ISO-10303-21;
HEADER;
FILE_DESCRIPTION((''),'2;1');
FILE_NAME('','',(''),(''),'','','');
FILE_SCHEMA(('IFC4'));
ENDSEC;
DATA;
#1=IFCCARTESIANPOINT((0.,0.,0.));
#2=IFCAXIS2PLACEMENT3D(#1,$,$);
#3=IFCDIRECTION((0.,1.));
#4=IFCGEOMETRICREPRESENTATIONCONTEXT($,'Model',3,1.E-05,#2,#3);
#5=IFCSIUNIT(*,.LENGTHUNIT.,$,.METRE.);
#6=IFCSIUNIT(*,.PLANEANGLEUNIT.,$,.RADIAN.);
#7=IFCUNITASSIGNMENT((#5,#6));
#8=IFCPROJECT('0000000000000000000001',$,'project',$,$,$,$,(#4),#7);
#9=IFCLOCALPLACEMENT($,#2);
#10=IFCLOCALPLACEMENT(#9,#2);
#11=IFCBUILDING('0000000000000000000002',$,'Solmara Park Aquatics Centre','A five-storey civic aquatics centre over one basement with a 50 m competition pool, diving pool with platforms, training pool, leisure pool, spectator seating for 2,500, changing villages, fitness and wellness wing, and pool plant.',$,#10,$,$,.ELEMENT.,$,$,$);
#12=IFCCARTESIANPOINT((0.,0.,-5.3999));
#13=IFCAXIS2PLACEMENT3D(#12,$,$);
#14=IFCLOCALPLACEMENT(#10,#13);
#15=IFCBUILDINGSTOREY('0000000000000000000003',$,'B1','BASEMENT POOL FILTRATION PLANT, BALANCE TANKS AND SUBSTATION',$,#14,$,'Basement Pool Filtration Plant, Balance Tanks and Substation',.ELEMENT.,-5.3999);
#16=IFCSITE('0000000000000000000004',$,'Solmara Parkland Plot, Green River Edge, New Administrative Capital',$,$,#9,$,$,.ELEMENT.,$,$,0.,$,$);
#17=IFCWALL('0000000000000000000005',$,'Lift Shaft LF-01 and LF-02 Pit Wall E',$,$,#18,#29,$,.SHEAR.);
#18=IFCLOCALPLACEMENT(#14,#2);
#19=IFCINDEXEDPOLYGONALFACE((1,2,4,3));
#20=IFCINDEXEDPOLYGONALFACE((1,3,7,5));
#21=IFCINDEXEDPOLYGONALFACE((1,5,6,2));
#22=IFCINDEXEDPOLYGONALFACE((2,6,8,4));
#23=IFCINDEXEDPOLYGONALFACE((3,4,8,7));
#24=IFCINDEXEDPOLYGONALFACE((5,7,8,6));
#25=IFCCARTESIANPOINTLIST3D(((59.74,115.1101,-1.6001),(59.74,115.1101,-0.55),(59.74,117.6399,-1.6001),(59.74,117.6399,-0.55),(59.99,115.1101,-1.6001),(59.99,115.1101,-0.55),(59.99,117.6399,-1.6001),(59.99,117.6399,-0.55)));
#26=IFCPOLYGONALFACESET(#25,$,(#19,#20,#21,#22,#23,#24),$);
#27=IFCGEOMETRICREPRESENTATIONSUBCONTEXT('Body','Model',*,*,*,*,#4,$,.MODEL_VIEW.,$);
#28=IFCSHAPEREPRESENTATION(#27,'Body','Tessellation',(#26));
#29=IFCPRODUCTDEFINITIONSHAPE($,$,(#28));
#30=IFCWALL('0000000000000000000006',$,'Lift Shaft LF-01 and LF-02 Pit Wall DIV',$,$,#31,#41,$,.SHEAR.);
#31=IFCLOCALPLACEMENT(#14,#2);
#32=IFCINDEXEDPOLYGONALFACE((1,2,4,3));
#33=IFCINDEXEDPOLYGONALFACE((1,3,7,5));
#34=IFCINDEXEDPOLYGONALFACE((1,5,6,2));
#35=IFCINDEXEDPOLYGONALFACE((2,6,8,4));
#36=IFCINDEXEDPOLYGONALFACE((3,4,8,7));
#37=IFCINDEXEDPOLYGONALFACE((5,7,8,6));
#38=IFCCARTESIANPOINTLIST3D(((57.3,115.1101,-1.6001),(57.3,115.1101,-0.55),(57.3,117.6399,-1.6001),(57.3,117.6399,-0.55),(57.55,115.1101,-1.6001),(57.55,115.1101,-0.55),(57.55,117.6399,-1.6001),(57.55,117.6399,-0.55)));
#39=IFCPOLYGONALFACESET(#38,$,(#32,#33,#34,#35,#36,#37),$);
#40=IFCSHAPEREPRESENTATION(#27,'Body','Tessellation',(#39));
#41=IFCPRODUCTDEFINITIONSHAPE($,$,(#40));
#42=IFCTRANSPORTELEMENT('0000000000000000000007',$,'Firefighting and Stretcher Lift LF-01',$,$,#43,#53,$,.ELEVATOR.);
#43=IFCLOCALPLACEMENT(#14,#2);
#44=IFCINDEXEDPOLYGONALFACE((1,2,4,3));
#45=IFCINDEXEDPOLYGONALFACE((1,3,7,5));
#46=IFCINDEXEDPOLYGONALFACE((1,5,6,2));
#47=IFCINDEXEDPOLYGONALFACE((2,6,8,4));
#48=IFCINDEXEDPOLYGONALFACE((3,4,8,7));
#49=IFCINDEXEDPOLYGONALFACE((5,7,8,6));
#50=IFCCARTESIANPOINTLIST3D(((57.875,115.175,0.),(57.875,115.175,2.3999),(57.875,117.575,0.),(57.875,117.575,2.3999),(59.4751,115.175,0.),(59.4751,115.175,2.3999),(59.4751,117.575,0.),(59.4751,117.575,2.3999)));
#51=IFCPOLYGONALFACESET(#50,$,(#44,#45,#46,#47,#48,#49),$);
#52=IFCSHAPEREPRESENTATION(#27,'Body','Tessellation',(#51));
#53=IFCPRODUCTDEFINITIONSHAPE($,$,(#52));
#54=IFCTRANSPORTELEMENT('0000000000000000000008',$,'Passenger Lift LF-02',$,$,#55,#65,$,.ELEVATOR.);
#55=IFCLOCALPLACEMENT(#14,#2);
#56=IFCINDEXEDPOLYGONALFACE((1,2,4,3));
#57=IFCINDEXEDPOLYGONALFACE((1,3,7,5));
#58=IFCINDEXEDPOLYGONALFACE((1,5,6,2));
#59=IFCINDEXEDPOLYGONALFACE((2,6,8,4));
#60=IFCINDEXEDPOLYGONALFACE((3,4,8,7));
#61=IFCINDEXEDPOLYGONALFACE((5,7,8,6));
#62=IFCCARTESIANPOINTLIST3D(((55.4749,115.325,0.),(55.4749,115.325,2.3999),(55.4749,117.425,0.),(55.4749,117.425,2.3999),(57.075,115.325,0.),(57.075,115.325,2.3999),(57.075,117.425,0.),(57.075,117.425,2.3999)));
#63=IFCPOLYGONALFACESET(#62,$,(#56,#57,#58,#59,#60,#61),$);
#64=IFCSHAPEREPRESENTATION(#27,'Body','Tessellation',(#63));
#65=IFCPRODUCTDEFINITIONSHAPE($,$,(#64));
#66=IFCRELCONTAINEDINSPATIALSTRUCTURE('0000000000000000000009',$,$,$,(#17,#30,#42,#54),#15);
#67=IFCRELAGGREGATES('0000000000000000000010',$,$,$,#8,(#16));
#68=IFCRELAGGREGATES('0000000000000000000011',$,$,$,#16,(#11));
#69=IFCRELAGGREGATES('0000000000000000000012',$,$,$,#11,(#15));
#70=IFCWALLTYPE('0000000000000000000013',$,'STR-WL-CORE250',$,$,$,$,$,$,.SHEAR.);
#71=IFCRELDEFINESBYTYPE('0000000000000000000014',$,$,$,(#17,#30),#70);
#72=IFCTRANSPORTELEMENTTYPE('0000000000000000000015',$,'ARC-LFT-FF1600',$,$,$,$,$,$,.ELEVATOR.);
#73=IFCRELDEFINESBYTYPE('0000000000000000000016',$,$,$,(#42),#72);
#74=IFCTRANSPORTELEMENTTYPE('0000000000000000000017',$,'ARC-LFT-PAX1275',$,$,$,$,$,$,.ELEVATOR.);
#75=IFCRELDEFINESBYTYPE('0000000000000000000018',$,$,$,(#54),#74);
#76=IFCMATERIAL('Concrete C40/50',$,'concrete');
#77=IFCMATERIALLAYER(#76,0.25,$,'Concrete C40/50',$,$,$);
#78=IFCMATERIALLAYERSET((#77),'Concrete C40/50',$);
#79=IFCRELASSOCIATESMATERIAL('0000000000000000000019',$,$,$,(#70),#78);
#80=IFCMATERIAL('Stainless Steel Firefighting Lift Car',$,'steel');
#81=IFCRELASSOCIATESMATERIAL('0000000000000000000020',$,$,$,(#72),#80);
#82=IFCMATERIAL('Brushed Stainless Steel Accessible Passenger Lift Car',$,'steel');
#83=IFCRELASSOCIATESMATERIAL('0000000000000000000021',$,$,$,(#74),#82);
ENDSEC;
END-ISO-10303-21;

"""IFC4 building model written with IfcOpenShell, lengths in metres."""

from ifc_helpers import new_model, si_unit, direction, frame, frame_2d, origin, origin_2d, place, context, subcontext, project, spatial, rectangle, extrude, material, layer, layer_set, type_object, element, save


model = new_model("IFC4")

# Units and contexts
model_context = context("Model", 3, precision=1e-05, world=origin(), true_north=direction((0.0, 1.0)))
body_context = subcontext(model_context, "Body", "Model", "MODEL_VIEW")
ifc_project = project(units=[si_unit("LENGTHUNIT", "METRE"), si_unit("PLANEANGLEUNIT", "RADIAN")], contexts=[model_context])

# Site, building, storey
site_placement = place(None, origin())
site = spatial("IfcSite", under=ifc_project, at=site_placement, Name="Solmara Parkland Plot, Green River Edge, New Administrative Capital", CompositionType="ELEMENT", RefElevation=0.0)
building_placement = place(site_placement, origin())
building = spatial("IfcBuilding", under=site, at=building_placement, Name="Solmara Park Aquatics Centre", Description="A five-storey civic aquatics centre over one basement with a 50 m competition pool, diving pool with platforms, training pool, leisure pool, spectator seating for 2,500, changing villages, fitness and wellness wing, and pool plant.", CompositionType="ELEMENT")
storey_placement = place(building_placement, frame((0.0, 0.0, -5.3999)))
storey = spatial("IfcBuildingStorey", under=building, at=storey_placement, Name="B1", Description="BASEMENT POOL FILTRATION PLANT, BALANCE TANKS AND SUBSTATION", LongName="Basement Pool Filtration Plant, Balance Tanks and Substation", CompositionType="ELEMENT", Elevation=-5.3999)

# Shared definitions
ifc_material_1 = material(Name="Concrete C40/50", Category="concrete")

# Walls
ifc_layer_1 = layer(ifc_material_1, 0.25, Name="Concrete C40/50")
ifc_layer_set_1 = layer_set([ifc_layer_1], Name="Concrete C40/50")
wall_type_1 = type_object("IfcWallType", Name="STR-WL-CORE250", PredefinedType="SHEAR", material=ifc_layer_set_1)
for number, where, z_axis, x_axis, name in (
    (1, (59.865, 115.1101, -1.6001), (0.0, 0.0, 1.0), (0.0, 1.0, 0.0), "Lift Shaft LF-01 and LF-02 Pit Wall E"),
    (2, (57.425, 115.1101, -1.6001), (0.0, 0.0, 1.0), (0.0, 1.0, 0.0), "Lift Shaft LF-01 and LF-02 Pit Wall DIV"),
):
    element("IfcWall", number, at=place(storey_placement, frame(where, z_axis=z_axis, x_axis=x_axis)), inside=storey, type_object=wall_type_1, Name=name, PredefinedType="SHEAR", context=body_context, shape_type="SweptSolid", body=[
        extrude(rectangle(XDim=2.5298, YDim=0.25, at=frame_2d((1.2649, 0.0))), origin(), (0.0, 0.0, 1.0), 1.05),
    ])

# Transport elements
ifc_material_2 = material(Name="Stainless Steel Firefighting Lift Car", Category="steel")
transport_element_type_1 = type_object("IfcTransportElementType", Name="ARC-LFT-FF1600", PredefinedType="ELEVATOR", material=ifc_material_2)
transport_element_1_placement = place(storey_placement, frame((58.675, 116.375, 0.0), z_axis=(0.0, 0.0, 1.0), x_axis=(1.0, 0.0, 0.0)))
element("IfcTransportElement", 3, at=transport_element_1_placement, inside=storey, type_object=transport_element_type_1, Name="Firefighting and Stretcher Lift LF-01", PredefinedType="ELEVATOR", context=body_context, shape_type="SweptSolid", body=[
    extrude(rectangle(XDim=1.6001, YDim=2.3999, at=origin_2d()), origin(), (0.0, 0.0, 1.0), 2.3999),
])
ifc_material_3 = material(Name="Brushed Stainless Steel Accessible Passenger Lift Car", Category="steel")
transport_element_type_2 = type_object("IfcTransportElementType", Name="ARC-LFT-PAX1275", PredefinedType="ELEVATOR", material=ifc_material_3)
transport_element_2_placement = place(storey_placement, frame((56.2749, 116.375, 0.0), z_axis=(0.0, 0.0, 1.0), x_axis=(1.0, 0.0, 0.0)))
element("IfcTransportElement", 4, at=transport_element_2_placement, inside=storey, type_object=transport_element_type_2, Name="Passenger Lift LF-02", PredefinedType="ELEVATOR", context=body_context, shape_type="SweptSolid", body=[
    extrude(rectangle(XDim=1.6001, YDim=2.1001, at=origin_2d()), origin(), (0.0, 0.0, 1.0), 2.3999),
])

save(model, "model.ifc")
